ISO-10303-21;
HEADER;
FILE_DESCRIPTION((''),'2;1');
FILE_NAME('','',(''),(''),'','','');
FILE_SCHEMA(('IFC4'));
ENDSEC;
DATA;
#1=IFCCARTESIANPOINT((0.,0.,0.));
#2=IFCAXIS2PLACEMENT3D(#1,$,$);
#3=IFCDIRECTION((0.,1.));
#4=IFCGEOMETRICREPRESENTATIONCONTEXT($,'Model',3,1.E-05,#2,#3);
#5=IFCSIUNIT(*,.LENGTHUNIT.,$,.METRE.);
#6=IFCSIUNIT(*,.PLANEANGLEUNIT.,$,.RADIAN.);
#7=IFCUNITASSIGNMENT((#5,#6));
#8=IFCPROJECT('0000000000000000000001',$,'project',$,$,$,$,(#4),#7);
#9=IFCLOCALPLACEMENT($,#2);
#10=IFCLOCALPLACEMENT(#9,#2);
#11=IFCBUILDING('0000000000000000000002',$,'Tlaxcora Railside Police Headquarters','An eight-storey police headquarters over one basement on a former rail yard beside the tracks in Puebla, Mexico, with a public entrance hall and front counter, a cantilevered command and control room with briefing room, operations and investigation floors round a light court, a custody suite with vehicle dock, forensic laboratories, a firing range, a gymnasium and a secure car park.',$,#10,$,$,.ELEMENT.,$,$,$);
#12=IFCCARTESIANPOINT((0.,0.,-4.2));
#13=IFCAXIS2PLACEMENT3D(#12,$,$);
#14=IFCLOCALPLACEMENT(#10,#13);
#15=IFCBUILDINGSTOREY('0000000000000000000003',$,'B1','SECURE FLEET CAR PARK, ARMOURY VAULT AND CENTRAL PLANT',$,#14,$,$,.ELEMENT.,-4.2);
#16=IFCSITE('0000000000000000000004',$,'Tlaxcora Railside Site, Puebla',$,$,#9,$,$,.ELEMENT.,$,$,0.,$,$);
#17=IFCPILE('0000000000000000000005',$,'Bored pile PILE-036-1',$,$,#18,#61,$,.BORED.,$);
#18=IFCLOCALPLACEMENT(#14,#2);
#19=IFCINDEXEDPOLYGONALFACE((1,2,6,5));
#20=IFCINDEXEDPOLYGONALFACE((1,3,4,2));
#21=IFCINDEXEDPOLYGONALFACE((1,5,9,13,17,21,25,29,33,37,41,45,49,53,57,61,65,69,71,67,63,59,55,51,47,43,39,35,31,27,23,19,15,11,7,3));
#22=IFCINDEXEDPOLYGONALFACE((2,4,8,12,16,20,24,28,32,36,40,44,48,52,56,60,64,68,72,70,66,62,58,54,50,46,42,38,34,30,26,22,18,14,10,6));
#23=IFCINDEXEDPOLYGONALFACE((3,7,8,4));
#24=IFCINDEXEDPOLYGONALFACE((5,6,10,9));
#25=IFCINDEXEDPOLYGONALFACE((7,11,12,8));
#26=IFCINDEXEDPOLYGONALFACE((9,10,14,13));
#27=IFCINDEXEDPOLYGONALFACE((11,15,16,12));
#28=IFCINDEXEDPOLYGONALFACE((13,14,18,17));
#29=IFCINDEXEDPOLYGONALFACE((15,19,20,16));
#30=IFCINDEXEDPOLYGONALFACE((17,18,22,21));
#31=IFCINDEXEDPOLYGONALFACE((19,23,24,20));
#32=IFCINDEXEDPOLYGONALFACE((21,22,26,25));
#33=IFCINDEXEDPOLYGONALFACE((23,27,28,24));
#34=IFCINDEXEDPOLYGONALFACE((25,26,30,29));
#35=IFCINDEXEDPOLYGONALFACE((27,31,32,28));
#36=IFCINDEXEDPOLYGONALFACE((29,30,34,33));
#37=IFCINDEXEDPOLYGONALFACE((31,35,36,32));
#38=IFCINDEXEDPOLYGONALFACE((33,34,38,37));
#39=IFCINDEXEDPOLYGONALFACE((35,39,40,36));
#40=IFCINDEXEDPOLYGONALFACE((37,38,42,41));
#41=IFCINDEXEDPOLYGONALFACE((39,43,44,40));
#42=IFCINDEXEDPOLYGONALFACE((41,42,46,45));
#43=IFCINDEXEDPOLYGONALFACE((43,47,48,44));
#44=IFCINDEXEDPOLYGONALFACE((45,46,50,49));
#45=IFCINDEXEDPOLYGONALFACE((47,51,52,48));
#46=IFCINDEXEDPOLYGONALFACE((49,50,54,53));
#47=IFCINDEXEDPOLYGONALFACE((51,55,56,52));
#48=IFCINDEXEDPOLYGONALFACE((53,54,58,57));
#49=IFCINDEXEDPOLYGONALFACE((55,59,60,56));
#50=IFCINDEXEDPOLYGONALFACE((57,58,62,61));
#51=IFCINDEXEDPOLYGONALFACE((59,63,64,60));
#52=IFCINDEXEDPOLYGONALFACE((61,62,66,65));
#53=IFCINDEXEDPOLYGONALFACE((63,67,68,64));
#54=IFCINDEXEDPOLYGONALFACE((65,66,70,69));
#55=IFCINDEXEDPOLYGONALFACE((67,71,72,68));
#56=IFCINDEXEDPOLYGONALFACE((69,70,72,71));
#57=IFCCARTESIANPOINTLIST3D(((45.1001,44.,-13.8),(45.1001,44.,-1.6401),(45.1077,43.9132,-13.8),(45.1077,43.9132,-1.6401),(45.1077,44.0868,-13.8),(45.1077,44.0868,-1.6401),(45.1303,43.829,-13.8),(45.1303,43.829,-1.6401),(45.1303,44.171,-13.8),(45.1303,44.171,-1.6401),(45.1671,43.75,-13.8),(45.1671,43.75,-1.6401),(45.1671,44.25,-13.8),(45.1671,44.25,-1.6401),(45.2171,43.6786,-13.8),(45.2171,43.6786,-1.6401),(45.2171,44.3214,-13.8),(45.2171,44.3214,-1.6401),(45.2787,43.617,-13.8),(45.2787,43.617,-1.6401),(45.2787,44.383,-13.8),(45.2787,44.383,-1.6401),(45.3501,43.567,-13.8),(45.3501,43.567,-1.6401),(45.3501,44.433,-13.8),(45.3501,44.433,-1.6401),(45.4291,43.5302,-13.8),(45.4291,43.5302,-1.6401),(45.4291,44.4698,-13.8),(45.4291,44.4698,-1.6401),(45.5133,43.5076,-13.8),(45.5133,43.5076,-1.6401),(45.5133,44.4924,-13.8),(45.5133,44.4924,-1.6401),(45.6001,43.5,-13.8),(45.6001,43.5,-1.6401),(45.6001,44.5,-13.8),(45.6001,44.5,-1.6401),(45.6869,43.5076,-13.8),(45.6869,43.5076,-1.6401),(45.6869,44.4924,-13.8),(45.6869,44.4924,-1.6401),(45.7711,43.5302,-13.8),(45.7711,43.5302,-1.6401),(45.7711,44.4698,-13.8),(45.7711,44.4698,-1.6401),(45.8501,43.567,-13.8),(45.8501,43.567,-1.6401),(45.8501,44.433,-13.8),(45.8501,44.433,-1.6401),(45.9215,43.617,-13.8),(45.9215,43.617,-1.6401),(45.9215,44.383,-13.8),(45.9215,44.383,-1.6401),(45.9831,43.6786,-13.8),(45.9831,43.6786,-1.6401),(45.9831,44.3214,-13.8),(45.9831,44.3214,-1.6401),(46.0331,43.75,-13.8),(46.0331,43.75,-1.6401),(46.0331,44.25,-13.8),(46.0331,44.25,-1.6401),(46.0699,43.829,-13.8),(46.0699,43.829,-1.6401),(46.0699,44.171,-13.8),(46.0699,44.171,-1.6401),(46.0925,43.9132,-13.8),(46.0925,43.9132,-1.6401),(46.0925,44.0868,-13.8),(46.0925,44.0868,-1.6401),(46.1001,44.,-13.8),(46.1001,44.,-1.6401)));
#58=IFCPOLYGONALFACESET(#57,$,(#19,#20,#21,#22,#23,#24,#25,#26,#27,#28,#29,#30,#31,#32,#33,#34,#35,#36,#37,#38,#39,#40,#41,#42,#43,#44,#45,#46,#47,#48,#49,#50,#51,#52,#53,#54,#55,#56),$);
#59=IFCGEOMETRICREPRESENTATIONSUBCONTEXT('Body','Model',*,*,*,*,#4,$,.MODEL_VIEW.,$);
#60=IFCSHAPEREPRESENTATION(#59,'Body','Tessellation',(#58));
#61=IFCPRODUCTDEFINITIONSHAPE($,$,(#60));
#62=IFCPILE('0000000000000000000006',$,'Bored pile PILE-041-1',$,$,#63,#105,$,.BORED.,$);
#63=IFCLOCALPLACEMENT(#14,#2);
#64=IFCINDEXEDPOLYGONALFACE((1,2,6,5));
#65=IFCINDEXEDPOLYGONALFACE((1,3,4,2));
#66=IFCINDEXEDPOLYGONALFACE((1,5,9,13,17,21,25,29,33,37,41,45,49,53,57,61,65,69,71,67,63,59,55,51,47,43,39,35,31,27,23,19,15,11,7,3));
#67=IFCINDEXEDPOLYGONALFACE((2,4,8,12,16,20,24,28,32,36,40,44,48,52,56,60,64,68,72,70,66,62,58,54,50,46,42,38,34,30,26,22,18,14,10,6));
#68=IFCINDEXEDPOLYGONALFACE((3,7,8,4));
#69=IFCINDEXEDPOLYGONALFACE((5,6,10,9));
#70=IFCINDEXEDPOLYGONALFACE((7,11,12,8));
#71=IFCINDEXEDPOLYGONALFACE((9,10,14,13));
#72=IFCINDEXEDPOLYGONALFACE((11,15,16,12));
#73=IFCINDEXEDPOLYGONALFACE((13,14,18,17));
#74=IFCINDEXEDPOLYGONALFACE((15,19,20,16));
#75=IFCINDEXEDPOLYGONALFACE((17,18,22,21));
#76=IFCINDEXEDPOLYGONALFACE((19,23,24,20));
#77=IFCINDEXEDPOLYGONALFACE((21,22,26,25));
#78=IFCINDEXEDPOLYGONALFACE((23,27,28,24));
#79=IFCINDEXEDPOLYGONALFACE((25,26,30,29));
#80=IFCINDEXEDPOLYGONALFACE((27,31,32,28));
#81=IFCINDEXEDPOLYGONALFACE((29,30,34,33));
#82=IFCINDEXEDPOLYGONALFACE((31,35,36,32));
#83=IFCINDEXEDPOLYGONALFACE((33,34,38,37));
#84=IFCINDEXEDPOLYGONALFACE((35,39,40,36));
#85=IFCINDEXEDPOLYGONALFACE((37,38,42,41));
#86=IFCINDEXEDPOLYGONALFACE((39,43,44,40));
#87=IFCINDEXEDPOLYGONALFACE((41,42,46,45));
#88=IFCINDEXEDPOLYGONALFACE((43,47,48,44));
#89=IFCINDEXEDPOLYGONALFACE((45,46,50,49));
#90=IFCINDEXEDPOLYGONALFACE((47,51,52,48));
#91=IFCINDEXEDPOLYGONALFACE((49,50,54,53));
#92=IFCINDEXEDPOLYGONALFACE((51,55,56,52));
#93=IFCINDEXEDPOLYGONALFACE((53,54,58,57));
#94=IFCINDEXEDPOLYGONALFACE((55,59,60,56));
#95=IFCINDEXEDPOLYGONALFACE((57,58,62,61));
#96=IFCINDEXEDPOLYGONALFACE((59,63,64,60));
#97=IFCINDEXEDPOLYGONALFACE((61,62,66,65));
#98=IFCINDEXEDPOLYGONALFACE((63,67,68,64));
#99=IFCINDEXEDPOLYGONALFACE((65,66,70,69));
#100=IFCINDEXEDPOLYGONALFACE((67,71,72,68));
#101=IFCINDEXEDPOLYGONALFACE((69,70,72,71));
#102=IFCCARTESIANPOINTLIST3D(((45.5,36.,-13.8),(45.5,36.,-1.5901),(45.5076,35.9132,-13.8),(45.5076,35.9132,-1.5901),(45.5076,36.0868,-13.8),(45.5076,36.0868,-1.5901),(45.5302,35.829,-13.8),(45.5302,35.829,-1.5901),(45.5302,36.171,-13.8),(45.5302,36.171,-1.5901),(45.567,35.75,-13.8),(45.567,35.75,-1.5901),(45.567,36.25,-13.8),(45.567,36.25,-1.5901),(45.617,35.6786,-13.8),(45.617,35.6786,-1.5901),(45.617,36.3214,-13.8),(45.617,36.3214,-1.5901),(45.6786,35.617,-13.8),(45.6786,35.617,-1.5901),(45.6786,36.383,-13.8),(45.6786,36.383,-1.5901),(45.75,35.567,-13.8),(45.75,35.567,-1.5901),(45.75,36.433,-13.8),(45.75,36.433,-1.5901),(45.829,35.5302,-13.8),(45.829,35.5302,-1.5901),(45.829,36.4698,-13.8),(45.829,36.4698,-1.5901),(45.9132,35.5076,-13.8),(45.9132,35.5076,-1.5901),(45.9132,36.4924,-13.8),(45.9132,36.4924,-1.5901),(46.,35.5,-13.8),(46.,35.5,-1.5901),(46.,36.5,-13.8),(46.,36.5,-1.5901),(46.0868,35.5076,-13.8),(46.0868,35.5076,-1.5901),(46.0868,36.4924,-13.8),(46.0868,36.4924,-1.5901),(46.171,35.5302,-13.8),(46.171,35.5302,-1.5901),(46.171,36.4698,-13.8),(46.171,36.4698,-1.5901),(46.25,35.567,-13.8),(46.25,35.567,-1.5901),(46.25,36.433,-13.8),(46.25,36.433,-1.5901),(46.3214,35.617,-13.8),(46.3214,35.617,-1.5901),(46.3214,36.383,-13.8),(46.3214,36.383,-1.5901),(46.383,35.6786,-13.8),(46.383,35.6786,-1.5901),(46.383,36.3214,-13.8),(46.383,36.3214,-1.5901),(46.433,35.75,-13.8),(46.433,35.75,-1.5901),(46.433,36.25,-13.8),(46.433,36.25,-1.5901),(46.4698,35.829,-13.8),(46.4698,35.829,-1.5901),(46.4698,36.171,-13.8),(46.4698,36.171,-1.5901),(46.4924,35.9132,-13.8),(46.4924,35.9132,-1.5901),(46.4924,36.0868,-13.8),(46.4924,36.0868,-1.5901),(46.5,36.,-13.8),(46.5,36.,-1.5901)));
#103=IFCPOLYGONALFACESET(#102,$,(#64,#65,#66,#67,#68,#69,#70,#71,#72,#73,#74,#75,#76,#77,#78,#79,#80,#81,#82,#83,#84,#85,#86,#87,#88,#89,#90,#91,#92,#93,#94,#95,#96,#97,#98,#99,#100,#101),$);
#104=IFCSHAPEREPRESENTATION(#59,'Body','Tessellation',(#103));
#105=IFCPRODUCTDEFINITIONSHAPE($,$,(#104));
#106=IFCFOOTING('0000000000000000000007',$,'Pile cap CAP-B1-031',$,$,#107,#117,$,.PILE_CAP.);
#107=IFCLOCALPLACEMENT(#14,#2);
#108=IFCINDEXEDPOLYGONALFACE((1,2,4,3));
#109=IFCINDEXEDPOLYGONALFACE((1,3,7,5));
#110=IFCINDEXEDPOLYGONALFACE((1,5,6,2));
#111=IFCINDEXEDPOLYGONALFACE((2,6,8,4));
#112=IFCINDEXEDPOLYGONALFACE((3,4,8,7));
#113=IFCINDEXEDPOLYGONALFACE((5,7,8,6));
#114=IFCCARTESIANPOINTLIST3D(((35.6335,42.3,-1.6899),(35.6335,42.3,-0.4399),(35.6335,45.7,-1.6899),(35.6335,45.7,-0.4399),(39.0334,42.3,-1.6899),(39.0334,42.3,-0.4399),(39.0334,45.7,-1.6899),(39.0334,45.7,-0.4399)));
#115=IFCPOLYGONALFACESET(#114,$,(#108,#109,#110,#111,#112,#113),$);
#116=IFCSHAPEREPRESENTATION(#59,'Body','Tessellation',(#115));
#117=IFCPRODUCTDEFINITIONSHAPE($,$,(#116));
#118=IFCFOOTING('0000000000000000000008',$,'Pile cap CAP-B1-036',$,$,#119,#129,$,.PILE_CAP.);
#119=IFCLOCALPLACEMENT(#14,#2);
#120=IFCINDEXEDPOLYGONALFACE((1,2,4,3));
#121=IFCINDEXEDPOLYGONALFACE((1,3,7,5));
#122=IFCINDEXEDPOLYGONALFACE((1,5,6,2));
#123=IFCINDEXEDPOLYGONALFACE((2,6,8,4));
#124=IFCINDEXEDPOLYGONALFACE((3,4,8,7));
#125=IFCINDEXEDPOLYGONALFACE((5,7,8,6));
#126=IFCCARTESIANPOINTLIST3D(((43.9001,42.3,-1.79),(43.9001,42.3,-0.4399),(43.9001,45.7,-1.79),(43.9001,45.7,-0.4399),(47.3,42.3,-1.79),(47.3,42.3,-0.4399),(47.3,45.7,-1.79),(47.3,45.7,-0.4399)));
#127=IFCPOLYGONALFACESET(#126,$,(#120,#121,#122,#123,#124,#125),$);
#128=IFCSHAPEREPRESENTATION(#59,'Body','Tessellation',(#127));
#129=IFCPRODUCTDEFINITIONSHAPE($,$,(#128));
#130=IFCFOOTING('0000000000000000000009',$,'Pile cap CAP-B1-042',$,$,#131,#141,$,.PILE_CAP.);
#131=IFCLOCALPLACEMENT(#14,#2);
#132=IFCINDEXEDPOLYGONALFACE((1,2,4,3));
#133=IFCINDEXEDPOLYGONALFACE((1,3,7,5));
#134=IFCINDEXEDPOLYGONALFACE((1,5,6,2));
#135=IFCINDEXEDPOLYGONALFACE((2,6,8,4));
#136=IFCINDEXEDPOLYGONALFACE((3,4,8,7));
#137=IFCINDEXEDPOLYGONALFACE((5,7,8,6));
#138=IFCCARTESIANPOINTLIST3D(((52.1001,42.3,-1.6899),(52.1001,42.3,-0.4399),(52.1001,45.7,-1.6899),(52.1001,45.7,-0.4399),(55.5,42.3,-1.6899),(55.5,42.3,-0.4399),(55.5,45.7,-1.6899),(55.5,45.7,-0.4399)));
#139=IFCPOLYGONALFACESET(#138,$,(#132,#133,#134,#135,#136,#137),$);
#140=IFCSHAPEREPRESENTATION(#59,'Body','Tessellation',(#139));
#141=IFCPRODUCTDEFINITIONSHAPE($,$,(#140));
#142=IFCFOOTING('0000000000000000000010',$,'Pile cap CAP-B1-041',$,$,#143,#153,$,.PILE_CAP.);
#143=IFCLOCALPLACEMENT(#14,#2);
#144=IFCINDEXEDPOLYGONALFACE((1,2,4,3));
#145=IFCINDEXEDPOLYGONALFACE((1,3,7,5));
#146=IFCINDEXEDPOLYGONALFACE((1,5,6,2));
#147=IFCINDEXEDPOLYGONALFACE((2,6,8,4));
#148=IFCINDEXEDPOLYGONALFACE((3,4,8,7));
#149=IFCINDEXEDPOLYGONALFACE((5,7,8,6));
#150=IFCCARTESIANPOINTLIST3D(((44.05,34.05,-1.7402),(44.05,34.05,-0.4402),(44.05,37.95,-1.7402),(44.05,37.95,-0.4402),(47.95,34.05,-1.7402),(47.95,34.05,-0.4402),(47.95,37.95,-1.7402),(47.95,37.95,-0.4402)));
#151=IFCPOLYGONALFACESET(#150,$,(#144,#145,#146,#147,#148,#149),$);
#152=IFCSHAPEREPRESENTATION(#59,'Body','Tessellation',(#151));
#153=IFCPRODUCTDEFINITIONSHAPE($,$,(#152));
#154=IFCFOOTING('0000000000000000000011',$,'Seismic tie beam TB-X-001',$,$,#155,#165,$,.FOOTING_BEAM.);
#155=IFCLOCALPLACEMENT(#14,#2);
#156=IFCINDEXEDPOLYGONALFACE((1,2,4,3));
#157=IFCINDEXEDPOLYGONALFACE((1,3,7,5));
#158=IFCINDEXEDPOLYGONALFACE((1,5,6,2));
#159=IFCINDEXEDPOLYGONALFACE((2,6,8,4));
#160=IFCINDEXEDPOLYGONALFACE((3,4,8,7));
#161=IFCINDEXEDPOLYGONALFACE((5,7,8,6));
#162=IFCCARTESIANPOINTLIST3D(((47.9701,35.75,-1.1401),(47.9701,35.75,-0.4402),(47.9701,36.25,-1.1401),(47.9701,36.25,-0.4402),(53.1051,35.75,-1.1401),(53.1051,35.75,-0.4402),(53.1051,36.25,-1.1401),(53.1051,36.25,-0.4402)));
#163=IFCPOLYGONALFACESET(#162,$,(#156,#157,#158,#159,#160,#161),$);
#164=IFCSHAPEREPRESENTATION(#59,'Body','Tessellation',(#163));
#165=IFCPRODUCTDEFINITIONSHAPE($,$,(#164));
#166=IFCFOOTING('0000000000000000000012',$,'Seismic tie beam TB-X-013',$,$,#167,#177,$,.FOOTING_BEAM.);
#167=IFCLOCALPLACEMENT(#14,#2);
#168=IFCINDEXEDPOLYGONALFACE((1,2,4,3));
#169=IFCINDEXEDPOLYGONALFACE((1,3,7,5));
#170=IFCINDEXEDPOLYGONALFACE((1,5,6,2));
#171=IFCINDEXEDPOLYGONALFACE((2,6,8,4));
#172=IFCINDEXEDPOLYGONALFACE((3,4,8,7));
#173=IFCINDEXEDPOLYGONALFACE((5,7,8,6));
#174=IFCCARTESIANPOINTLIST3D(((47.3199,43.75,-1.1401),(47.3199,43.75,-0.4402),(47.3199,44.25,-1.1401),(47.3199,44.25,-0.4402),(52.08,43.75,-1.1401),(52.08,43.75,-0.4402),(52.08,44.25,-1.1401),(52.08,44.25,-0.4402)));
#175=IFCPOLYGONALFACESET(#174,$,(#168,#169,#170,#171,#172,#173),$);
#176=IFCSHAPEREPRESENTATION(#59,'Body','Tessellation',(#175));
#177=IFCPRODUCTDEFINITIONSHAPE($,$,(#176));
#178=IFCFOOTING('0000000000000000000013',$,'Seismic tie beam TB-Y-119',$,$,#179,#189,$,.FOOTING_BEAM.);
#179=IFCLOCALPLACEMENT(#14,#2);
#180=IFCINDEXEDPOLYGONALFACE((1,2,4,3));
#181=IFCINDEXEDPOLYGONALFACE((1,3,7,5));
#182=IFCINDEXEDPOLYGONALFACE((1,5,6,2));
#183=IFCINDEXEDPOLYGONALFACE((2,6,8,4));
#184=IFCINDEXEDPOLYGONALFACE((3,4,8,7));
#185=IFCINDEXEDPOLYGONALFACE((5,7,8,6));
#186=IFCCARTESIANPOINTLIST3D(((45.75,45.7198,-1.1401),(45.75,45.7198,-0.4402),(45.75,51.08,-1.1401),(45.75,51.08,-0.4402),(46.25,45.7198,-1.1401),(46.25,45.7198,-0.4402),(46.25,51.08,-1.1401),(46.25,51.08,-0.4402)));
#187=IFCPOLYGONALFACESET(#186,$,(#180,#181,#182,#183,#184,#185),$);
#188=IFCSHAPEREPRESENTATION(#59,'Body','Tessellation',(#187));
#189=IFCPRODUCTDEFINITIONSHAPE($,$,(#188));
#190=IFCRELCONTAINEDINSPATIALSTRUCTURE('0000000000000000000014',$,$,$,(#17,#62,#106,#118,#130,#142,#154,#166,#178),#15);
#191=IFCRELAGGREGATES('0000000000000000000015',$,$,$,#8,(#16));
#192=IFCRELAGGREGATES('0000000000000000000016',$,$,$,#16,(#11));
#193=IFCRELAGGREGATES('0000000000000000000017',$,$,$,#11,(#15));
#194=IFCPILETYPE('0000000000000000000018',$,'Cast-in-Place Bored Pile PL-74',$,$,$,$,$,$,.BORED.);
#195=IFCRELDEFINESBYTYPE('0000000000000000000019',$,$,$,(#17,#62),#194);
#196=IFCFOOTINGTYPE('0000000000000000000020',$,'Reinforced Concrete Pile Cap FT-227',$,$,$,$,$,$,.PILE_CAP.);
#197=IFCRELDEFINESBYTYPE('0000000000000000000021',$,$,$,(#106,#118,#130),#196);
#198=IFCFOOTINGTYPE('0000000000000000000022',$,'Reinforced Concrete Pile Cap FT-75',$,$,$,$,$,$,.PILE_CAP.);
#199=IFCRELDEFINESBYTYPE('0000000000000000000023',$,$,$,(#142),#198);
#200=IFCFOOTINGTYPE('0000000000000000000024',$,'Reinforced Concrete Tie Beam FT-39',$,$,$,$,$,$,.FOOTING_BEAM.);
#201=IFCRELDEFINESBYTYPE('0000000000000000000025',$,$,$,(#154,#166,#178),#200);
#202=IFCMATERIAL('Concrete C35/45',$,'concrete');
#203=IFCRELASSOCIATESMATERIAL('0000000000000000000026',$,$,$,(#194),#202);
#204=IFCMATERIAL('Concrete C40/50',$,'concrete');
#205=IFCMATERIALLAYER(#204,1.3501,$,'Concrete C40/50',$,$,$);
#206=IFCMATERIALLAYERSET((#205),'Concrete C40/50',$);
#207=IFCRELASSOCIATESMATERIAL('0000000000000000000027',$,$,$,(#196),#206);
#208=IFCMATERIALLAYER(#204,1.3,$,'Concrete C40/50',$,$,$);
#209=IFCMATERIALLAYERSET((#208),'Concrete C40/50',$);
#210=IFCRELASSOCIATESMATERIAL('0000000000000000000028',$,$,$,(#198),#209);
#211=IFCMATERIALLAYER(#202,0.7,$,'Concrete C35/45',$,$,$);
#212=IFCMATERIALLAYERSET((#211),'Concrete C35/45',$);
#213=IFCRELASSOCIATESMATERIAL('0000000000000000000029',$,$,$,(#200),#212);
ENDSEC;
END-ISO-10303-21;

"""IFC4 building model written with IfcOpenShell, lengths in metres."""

from ifc_helpers import new_model, si_unit, direction, frame, origin, origin_2d, place, context, subcontext, project, spatial, rectangle, circle, extrude, material, layer, layer_set, material_profile, profile_set, type_object, element, save


model = new_model("IFC4")

# Units and contexts
model_context = context("Model", 3, precision=1e-05, world=origin(), true_north=direction((0.0, 1.0)))
body_context = subcontext(model_context, "Body", "Model", "MODEL_VIEW")
ifc_project = project(units=[si_unit("LENGTHUNIT", "METRE"), si_unit("PLANEANGLEUNIT", "RADIAN")], contexts=[model_context])

# Site, building, storey
site_placement = place(None, origin())
site = spatial("IfcSite", under=ifc_project, at=site_placement, Name="Tlaxcora Railside Site, Puebla", CompositionType="ELEMENT", RefElevation=0.0)
building_placement = place(site_placement, origin())
building = spatial("IfcBuilding", under=site, at=building_placement, Name="Tlaxcora Railside Police Headquarters", Description="An eight-storey police headquarters over one basement on a former rail yard beside the tracks in Puebla, Mexico, with a public entrance hall and front counter, a cantilevered command and control room with briefing room, operations and investigation floors round a light court, a custody suite with vehicle dock, forensic laboratories, a firing range, a gymnasium and a secure car park.", CompositionType="ELEMENT")
storey_placement = place(building_placement, frame((0.0, 0.0, -4.2)))
storey = spatial("IfcBuildingStorey", under=building, at=storey_placement, Name="B1", Description="SECURE FLEET CAR PARK, ARMOURY VAULT AND CENTRAL PLANT", CompositionType="ELEMENT", Elevation=-4.2)

# Piles
ifc_material_1 = material(Name="Concrete C35/45", Category="concrete")
ifc_material_profile_1 = material_profile(ifc_material_1, circle(Radius=0.5, at=origin_2d()), Name="PILE1000")
ifc_profile_set_1 = profile_set([ifc_material_profile_1], Name="Concrete C35/45")
pile_type_1 = type_object("IfcPileType", Name="Cast-in-Place Bored Pile PL-74", PredefinedType="BORED", material=ifc_profile_set_1)
pile_1_placement = place(storey_placement, frame((45.6001, 44.0, -1.6401), z_axis=(0.0, 0.0, -1.0), x_axis=(1.0, 0.0, 0.0)))
element("IfcPile", 1, at=pile_1_placement, inside=storey, type_object=pile_type_1, Name="Bored pile PILE-036-1", PredefinedType="BORED", context=body_context, shape_type="SweptSolid", body=[
    extrude(circle(Radius=0.5, at=origin_2d()), origin(), (0.0, 0.0, 1.0), 12.1599),
])
pile_2_placement = place(storey_placement, frame((46.0, 36.0, -1.5901), z_axis=(0.0, 0.0, -1.0), x_axis=(1.0, 0.0, 0.0)))
element("IfcPile", 2, at=pile_2_placement, inside=storey, type_object=pile_type_1, Name="Bored pile PILE-041-1", PredefinedType="BORED", context=body_context, shape_type="SweptSolid", body=[
    extrude(circle(Radius=0.5, at=origin_2d()), origin(), (0.0, 0.0, 1.0), 12.21),
])

# Footings
ifc_material_2 = material(Name="Concrete C40/50", Category="concrete")
ifc_layer_1 = layer(ifc_material_2, 1.3501, Name="Concrete C40/50")
ifc_layer_set_1 = layer_set([ifc_layer_1], Name="Concrete C40/50")
footing_type_1 = type_object("IfcFootingType", Name="Reinforced Concrete Pile Cap FT-227", PredefinedType="PILE_CAP", material=ifc_layer_set_1)
footing_1_placement = place(storey_placement, frame((37.3335, 44.0, -1.6899), z_axis=(0.0, 0.0, 1.0), x_axis=(1.0, 0.0, 0.0)))
element("IfcFooting", 3, at=footing_1_placement, inside=storey, type_object=footing_type_1, Name="Pile cap CAP-B1-031", PredefinedType="PILE_CAP", context=body_context, shape_type="SweptSolid", body=[
    extrude(rectangle(XDim=3.3999, YDim=3.3999, at=origin_2d()), origin(), (0.0, 0.0, 1.0), 1.25),
])
footing_2_placement = place(storey_placement, frame((45.6001, 44.0, -1.79), z_axis=(0.0, 0.0, 1.0), x_axis=(1.0, 0.0, 0.0)))
element("IfcFooting", 4, at=footing_2_placement, inside=storey, type_object=footing_type_1, Name="Pile cap CAP-B1-036", PredefinedType="PILE_CAP", context=body_context, shape_type="SweptSolid", body=[
    extrude(rectangle(XDim=3.3999, YDim=3.3999, at=origin_2d()), origin(), (0.0, 0.0, 1.0), 1.3501),
])
footing_3_placement = place(storey_placement, frame((53.8, 44.0, -1.6899), z_axis=(0.0, 0.0, 1.0), x_axis=(1.0, 0.0, 0.0)))
element("IfcFooting", 5, at=footing_3_placement, inside=storey, type_object=footing_type_1, Name="Pile cap CAP-B1-042", PredefinedType="PILE_CAP", context=body_context, shape_type="SweptSolid", body=[
    extrude(rectangle(XDim=3.3999, YDim=3.3999, at=origin_2d()), origin(), (0.0, 0.0, 1.0), 1.25),
])
ifc_layer_2 = layer(ifc_material_2, 1.3, Name="Concrete C40/50")
ifc_layer_set_2 = layer_set([ifc_layer_2], Name="Concrete C40/50")
footing_type_2 = type_object("IfcFootingType", Name="Reinforced Concrete Pile Cap FT-75", PredefinedType="PILE_CAP", material=ifc_layer_set_2)
footing_4_placement = place(storey_placement, frame((46.0, 36.0, -1.7402), z_axis=(0.0, 0.0, 1.0), x_axis=(1.0, 0.0, 0.0)))
element("IfcFooting", 6, at=footing_4_placement, inside=storey, type_object=footing_type_2, Name="Pile cap CAP-B1-041", PredefinedType="PILE_CAP", context=body_context, shape_type="SweptSolid", body=[
    extrude(rectangle(XDim=3.8999, YDim=3.8999, at=origin_2d()), origin(), (0.0, 0.0, 1.0), 1.3),
])
ifc_layer_3 = layer(ifc_material_1, 0.7, Name="Concrete C35/45")
ifc_layer_set_3 = layer_set([ifc_layer_3], Name="Concrete C35/45")
footing_type_3 = type_object("IfcFootingType", Name="Reinforced Concrete Tie Beam FT-39", PredefinedType="FOOTING_BEAM", material=ifc_layer_set_3)
footing_5_placement = place(storey_placement, frame((50.5376, 36.0, -1.1401), z_axis=(0.0, 0.0, 1.0), x_axis=(1.0, 0.0, 0.0)))
element("IfcFooting", 7, at=footing_5_placement, inside=storey, type_object=footing_type_3, Name="Seismic tie beam TB-X-001", PredefinedType="FOOTING_BEAM", context=body_context, shape_type="SweptSolid", body=[
    extrude(rectangle(XDim=5.135, YDim=0.5, at=origin_2d()), origin(), (0.0, 0.0, 1.0), 0.7),
])
footing_6_placement = place(storey_placement, frame((49.7, 44.0, -1.1401), z_axis=(0.0, 0.0, 1.0), x_axis=(1.0, 0.0, 0.0)))
element("IfcFooting", 8, at=footing_6_placement, inside=storey, type_object=footing_type_3, Name="Seismic tie beam TB-X-013", PredefinedType="FOOTING_BEAM", context=body_context, shape_type="SweptSolid", body=[
    extrude(rectangle(XDim=4.76, YDim=0.5, at=origin_2d()), origin(), (0.0, 0.0, 1.0), 0.7),
])
footing_7_placement = place(storey_placement, frame((46.0, 48.3999, -1.1401), z_axis=(0.0, 0.0, 1.0), x_axis=(0.0, 1.0, 0.0)))
element("IfcFooting", 9, at=footing_7_placement, inside=storey, type_object=footing_type_3, Name="Seismic tie beam TB-Y-119", PredefinedType="FOOTING_BEAM", context=body_context, shape_type="SweptSolid", body=[
    extrude(rectangle(XDim=5.3601, YDim=0.5, at=origin_2d()), origin(), (0.0, 0.0, 1.0), 0.7),
])

save(model, "model.ifc")
